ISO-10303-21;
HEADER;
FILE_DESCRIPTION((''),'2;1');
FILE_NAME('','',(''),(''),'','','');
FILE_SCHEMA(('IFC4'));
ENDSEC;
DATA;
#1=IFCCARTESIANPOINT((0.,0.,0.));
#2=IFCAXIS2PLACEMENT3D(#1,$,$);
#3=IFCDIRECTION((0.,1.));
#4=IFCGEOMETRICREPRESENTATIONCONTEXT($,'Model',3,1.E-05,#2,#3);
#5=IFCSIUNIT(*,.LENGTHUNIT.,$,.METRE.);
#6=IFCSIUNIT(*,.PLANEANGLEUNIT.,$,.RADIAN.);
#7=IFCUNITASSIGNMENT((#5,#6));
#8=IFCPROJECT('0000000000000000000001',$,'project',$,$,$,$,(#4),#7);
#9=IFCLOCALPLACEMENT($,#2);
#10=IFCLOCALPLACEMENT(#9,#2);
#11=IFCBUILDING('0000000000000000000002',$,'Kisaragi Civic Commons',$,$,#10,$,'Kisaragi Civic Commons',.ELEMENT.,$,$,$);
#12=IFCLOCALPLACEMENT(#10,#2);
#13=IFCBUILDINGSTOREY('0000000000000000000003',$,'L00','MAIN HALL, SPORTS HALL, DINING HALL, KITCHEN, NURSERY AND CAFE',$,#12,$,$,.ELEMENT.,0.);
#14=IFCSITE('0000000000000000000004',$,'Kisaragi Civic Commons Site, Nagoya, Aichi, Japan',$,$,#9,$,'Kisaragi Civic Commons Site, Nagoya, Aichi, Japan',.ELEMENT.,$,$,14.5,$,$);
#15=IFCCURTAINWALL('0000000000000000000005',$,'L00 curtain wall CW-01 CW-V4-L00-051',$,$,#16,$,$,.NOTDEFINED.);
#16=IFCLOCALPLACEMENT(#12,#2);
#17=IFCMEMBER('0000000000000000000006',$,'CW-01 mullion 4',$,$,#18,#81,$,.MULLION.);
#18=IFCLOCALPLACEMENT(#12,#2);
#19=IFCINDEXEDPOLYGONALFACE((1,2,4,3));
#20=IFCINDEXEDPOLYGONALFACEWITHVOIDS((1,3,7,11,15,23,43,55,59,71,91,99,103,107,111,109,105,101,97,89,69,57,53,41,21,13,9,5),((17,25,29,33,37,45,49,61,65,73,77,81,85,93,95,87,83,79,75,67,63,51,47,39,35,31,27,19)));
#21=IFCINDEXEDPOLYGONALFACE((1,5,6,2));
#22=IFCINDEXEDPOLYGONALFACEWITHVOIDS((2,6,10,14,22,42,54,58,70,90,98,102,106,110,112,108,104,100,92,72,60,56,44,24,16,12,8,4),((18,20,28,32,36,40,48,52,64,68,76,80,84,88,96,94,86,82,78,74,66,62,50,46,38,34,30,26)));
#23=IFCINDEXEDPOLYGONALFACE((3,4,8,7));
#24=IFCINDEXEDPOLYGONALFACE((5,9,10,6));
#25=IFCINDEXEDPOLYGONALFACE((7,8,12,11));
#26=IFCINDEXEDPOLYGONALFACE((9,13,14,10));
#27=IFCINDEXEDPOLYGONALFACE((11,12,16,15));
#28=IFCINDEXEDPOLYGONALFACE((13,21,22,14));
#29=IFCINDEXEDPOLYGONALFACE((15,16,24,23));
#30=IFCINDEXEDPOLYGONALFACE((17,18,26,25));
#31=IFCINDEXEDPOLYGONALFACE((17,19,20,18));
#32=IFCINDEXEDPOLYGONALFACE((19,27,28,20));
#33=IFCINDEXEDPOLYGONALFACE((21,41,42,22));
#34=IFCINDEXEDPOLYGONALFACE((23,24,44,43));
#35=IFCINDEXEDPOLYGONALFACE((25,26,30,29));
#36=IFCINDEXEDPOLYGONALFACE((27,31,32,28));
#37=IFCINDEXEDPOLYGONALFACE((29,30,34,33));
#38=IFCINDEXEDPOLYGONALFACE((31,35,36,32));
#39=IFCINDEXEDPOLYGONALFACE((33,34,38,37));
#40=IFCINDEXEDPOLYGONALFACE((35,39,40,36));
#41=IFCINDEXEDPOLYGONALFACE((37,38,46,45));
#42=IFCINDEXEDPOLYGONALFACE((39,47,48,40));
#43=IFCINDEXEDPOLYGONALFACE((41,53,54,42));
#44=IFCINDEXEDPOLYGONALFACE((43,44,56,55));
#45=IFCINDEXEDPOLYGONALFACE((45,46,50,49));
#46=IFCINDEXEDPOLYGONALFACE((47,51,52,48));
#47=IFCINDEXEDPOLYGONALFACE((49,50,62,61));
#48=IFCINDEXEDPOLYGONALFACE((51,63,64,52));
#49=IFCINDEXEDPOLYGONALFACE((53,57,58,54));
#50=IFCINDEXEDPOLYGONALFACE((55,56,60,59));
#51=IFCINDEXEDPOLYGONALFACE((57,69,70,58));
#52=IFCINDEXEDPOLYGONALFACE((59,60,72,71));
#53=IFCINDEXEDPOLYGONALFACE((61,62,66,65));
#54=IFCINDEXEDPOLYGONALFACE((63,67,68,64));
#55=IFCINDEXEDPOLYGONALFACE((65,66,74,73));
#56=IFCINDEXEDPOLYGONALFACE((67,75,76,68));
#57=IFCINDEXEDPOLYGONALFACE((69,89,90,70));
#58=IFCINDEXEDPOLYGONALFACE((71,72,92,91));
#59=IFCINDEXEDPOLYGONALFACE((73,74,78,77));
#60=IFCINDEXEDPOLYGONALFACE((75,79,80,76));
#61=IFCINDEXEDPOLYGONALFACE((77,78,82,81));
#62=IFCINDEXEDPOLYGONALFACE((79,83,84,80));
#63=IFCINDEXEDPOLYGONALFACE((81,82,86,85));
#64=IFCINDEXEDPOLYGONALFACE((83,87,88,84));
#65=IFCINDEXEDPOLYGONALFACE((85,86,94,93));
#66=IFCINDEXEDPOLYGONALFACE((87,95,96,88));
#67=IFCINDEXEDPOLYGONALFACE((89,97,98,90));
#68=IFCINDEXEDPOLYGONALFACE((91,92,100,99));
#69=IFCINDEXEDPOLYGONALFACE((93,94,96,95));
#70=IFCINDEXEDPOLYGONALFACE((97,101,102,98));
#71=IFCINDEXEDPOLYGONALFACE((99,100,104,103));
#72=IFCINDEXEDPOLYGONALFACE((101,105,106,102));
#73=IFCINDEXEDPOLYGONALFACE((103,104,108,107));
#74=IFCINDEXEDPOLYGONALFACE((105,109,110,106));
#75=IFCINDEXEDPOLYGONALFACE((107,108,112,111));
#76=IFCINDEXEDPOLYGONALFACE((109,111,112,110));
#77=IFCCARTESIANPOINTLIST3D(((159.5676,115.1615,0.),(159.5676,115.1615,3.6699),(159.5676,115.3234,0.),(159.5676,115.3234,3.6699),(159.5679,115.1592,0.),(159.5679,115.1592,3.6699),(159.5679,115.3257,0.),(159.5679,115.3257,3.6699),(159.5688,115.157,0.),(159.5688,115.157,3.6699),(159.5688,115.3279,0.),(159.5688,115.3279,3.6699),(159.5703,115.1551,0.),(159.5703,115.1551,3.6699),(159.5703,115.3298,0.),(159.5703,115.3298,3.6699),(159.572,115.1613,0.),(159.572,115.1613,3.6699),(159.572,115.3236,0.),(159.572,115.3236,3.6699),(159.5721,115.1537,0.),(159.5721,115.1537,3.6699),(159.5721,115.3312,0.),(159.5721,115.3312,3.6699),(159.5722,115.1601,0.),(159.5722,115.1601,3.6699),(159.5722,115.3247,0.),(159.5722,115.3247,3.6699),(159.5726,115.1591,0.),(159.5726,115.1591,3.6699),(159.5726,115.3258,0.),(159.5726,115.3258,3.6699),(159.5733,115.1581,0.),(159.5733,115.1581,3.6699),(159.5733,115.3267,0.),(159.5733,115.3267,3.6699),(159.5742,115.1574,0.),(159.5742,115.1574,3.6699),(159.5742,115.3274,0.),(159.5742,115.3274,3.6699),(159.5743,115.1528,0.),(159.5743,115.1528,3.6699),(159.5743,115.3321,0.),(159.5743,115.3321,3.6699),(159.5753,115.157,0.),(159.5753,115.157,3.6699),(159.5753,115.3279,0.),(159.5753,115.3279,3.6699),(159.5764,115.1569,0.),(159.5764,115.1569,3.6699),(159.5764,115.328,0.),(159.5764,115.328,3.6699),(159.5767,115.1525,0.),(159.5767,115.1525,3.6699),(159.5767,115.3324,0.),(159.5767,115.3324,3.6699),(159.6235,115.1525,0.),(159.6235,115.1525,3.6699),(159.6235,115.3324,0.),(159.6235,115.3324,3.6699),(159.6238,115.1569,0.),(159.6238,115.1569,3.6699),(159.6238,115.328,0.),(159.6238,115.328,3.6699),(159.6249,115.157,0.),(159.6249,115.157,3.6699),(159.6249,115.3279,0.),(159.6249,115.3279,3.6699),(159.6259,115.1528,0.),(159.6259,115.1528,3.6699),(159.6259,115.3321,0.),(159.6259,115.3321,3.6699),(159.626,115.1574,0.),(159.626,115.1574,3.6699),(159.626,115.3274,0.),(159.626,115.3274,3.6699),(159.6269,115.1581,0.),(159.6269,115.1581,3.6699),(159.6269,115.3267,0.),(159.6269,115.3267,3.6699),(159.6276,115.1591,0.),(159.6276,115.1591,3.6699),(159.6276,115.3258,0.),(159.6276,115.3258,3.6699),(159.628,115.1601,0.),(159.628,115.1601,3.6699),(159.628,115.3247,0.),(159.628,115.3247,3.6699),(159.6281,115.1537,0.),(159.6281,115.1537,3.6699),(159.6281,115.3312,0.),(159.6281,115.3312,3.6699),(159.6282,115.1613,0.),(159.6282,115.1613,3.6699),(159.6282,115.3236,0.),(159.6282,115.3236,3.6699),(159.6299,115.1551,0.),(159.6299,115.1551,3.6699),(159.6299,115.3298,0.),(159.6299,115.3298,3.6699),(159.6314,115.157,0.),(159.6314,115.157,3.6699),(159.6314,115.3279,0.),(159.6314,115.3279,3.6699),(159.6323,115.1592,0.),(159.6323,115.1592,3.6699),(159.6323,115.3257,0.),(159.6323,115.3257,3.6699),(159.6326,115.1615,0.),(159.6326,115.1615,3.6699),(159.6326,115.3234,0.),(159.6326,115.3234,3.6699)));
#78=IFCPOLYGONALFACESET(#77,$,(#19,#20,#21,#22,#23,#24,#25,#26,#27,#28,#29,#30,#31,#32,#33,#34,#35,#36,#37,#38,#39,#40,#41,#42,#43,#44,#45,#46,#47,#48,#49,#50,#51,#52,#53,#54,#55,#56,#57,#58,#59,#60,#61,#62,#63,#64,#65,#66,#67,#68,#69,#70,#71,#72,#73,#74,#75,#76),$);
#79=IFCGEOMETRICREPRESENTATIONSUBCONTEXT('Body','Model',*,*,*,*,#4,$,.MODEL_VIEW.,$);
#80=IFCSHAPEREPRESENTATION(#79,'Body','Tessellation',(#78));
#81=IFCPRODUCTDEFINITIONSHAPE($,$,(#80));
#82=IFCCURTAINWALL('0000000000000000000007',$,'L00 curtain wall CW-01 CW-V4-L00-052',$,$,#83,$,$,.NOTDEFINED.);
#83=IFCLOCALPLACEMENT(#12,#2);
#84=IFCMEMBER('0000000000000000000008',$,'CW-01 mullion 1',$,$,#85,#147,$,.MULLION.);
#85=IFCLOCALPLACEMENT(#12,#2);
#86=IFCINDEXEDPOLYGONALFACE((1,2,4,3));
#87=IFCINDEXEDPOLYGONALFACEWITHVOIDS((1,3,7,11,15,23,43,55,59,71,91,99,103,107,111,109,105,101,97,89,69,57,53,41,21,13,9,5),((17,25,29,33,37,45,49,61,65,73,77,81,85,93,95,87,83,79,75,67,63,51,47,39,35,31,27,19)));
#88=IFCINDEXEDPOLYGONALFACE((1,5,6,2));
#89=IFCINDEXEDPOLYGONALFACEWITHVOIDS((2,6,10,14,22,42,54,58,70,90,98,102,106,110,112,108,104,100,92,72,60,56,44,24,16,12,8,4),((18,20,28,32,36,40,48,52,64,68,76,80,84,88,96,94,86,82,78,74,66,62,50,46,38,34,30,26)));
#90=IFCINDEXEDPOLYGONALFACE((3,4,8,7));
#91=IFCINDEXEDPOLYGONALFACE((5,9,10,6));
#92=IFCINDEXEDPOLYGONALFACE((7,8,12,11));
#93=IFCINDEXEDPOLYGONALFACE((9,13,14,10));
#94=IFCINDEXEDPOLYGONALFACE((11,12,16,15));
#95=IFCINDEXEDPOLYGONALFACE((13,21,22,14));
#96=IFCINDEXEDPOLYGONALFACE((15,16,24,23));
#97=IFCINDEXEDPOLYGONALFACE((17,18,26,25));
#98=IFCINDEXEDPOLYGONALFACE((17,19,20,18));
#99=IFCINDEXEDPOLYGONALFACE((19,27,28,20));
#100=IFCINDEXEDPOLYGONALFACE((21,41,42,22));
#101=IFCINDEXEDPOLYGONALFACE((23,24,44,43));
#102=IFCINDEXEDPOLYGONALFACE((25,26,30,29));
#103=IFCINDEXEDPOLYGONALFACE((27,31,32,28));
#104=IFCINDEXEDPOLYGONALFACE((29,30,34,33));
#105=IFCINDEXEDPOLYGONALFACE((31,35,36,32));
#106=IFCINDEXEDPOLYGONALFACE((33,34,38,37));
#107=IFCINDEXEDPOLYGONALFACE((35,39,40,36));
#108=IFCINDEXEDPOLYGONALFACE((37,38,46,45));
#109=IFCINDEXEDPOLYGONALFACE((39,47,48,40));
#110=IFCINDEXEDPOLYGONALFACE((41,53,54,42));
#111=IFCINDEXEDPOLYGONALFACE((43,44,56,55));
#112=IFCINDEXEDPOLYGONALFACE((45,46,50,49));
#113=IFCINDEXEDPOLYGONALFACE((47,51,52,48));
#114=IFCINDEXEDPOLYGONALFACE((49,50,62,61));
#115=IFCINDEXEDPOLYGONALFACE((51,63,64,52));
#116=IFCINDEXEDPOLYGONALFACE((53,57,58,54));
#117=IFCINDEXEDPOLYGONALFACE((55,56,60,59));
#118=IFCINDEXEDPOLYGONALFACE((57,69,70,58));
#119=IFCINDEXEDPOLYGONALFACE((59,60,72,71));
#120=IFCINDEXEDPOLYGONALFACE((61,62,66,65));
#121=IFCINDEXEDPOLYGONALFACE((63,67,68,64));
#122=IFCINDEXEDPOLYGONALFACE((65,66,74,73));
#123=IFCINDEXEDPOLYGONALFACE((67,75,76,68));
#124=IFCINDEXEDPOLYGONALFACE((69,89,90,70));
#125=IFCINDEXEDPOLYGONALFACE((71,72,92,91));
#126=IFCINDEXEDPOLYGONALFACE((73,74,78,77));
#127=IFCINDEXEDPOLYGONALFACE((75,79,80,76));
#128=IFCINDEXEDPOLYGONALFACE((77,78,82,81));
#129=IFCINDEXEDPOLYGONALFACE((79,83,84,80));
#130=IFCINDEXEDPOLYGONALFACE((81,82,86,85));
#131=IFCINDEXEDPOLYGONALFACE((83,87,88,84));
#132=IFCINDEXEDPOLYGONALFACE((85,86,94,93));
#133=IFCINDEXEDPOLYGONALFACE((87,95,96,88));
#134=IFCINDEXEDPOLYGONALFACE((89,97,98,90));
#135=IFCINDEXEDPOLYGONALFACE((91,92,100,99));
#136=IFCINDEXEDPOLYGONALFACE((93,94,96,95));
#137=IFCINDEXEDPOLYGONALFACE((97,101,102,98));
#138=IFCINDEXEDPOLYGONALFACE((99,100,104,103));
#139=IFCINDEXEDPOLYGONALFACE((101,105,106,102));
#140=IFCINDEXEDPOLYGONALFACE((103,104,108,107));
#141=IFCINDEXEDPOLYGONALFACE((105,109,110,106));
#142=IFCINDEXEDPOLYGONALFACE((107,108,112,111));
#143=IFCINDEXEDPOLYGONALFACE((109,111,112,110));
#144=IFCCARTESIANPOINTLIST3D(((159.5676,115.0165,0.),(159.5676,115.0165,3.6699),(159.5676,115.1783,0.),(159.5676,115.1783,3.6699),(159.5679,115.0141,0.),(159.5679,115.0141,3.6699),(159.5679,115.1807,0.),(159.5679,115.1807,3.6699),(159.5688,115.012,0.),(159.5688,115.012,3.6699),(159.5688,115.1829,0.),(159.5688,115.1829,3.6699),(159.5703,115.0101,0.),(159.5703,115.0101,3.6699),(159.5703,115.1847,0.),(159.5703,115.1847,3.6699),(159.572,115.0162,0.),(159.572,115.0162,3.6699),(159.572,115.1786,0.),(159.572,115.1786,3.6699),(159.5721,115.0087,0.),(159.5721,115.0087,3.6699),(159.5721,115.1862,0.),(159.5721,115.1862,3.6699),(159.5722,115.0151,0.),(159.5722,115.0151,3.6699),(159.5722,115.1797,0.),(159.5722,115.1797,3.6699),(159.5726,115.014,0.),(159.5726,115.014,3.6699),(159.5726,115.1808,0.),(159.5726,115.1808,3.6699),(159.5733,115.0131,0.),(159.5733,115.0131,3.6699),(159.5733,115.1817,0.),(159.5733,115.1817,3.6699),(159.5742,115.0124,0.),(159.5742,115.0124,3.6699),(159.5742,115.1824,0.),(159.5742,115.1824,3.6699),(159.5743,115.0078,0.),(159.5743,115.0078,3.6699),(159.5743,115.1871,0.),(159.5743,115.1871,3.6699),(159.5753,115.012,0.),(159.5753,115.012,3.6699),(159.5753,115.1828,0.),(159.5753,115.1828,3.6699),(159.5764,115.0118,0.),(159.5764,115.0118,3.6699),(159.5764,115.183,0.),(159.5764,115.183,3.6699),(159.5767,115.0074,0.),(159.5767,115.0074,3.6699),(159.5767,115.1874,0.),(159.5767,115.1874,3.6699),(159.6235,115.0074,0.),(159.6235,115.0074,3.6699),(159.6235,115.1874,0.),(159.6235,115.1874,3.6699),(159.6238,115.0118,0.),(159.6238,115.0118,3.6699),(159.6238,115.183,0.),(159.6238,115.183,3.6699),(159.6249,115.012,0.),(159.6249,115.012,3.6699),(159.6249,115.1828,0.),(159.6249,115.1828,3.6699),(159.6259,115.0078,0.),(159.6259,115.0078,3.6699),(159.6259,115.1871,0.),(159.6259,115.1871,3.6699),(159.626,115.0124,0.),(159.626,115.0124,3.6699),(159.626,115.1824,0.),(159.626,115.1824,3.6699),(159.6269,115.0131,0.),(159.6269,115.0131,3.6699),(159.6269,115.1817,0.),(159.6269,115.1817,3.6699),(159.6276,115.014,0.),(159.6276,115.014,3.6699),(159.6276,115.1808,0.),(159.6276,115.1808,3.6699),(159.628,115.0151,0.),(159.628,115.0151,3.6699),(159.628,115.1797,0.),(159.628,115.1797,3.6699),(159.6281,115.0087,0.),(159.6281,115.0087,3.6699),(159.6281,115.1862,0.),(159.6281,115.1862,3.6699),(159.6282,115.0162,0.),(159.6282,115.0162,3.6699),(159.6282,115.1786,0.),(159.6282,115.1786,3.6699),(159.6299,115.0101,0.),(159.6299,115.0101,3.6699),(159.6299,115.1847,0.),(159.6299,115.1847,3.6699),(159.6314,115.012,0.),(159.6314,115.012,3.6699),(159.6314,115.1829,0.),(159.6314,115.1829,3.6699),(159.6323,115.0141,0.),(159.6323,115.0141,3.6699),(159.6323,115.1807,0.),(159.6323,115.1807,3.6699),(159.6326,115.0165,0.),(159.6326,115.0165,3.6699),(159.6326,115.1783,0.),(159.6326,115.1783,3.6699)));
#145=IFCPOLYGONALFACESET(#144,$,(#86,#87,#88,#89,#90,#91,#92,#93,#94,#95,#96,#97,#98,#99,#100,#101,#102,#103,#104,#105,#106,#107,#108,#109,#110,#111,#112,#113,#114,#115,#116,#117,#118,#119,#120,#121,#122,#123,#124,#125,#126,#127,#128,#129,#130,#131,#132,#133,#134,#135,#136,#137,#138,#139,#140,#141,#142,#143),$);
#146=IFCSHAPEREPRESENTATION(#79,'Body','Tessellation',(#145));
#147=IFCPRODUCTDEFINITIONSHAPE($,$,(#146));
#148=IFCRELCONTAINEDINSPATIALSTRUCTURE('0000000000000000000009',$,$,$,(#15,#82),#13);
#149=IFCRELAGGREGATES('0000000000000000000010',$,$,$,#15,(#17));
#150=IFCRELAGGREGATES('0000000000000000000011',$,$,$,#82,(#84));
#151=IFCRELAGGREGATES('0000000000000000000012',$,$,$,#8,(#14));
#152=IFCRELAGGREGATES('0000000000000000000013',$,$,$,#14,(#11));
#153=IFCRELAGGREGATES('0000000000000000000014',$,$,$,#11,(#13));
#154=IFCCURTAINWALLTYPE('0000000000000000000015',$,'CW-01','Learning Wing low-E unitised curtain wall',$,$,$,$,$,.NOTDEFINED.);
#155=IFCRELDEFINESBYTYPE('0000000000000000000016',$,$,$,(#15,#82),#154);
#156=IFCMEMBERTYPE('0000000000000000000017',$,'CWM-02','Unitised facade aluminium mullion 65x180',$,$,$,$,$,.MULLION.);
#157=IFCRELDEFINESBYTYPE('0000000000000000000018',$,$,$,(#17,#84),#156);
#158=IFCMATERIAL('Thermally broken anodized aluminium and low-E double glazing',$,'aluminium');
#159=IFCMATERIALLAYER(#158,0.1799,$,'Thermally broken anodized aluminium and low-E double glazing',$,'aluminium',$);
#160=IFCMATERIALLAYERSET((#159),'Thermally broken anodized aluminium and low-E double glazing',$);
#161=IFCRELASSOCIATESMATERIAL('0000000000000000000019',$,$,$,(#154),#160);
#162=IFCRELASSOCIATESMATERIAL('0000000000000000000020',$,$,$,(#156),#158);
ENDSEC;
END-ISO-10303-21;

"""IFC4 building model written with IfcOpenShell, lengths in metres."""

from ifc_helpers import new_model, si_unit, direction, frame, origin, origin_2d, place, context, subcontext, project, spatial, hollow_rectangle, extrude, material, layer, layer_set, material_profile, profile_set, type_object, element, aggregate, save


model = new_model("IFC4")

# Units and contexts
model_context = context("Model", 3, precision=1e-05, world=origin(), true_north=direction((0.0, 1.0)))
body_context = subcontext(model_context, "Body", "Model", "MODEL_VIEW")
ifc_project = project(units=[si_unit("LENGTHUNIT", "METRE"), si_unit("PLANEANGLEUNIT", "RADIAN")], contexts=[model_context])

# Site, building, storey
site_placement = place(None, origin())
site = spatial("IfcSite", under=ifc_project, at=site_placement, Name="Kisaragi Civic Commons Site, Nagoya, Aichi, Japan", LongName="Kisaragi Civic Commons Site, Nagoya, Aichi, Japan", CompositionType="ELEMENT", RefElevation=14.5)
building_placement = place(site_placement, origin())
building = spatial("IfcBuilding", under=site, at=building_placement, Name="Kisaragi Civic Commons", LongName="Kisaragi Civic Commons", CompositionType="ELEMENT")
storey_placement = place(building_placement, origin())
storey = spatial("IfcBuildingStorey", under=building, at=storey_placement, Name="L00", Description="MAIN HALL, SPORTS HALL, DINING HALL, KITCHEN, NURSERY AND CAFE", CompositionType="ELEMENT", Elevation=0.0)

# Curtain walls, members
ifc_material_1 = material(Name="Thermally broken anodized aluminium and low-E double glazing", Category="aluminium")
ifc_layer_1 = layer(ifc_material_1, 0.1799, Name="Thermally broken anodized aluminium and low-E double glazing", Category="aluminium")
ifc_layer_set_1 = layer_set([ifc_layer_1], Name="Thermally broken anodized aluminium and low-E double glazing")
curtain_wall_type = type_object("IfcCurtainWallType", Name="CW-01", Description="Learning Wing low-E unitised curtain wall", PredefinedType="NOTDEFINED", material=ifc_layer_set_1)
curtain_wall_1_placement = place(storey_placement, origin())
curtain_wall_1 = element("IfcCurtainWall", 1, at=curtain_wall_1_placement, inside=storey, type_object=curtain_wall_type, Name="L00 curtain wall CW-01 CW-V4-L00-051", PredefinedType="NOTDEFINED")
ifc_material_profile_1 = material_profile(ifc_material_1, hollow_rectangle(XDim=0.0649, YDim=0.1799, WallThickness=0.0044, InnerFilletRadius=0.0044, OuterFilletRadius=0.009, at=origin_2d()), Name="CWM-65x180x4.5", Category="aluminium")
ifc_profile_set_1 = profile_set([ifc_material_profile_1], Name="Thermally broken anodized aluminium and low-E double glazing")
member_type_1 = type_object("IfcMemberType", Name="CWM-02", Description="Unitised facade aluminium mullion 65x180", PredefinedType="MULLION", material=ifc_profile_set_1)
member_1_placement = place(storey_placement, frame((159.6001, 115.2424, 0.0), z_axis=(0.0, 0.0, 1.0), x_axis=(1.0, 0.0, 0.0)))
member_1 = element("IfcMember", 2, at=member_1_placement, type_object=member_type_1, Name="CW-01 mullion 4", PredefinedType="MULLION", context=body_context, shape_type="SweptSolid", body=[
    extrude(hollow_rectangle(XDim=0.0649, YDim=0.1799, WallThickness=0.0044, InnerFilletRadius=0.0044, OuterFilletRadius=0.009, at=origin_2d()), origin(), (0.0, 0.0, 1.0), 3.6699),
])
curtain_wall_2_placement = place(storey_placement, origin())
curtain_wall_2 = element("IfcCurtainWall", 3, at=curtain_wall_2_placement, inside=storey, type_object=curtain_wall_type, Name="L00 curtain wall CW-01 CW-V4-L00-052", PredefinedType="NOTDEFINED")
member_2_placement = place(storey_placement, frame((159.6001, 115.0974, 0.0), z_axis=(0.0, 0.0, 1.0), x_axis=(1.0, 0.0, 0.0)))
member_2 = element("IfcMember", 4, at=member_2_placement, type_object=member_type_1, Name="CW-01 mullion 1", PredefinedType="MULLION", context=body_context, shape_type="SweptSolid", body=[
    extrude(hollow_rectangle(XDim=0.0649, YDim=0.1799, WallThickness=0.0044, InnerFilletRadius=0.0044, OuterFilletRadius=0.009, at=origin_2d()), origin(), (0.0, 0.0, 1.0), 3.6699),
])

aggregate(curtain_wall_1, [member_1])
aggregate(curtain_wall_2, [member_2])

save(model, "model.ifc")
